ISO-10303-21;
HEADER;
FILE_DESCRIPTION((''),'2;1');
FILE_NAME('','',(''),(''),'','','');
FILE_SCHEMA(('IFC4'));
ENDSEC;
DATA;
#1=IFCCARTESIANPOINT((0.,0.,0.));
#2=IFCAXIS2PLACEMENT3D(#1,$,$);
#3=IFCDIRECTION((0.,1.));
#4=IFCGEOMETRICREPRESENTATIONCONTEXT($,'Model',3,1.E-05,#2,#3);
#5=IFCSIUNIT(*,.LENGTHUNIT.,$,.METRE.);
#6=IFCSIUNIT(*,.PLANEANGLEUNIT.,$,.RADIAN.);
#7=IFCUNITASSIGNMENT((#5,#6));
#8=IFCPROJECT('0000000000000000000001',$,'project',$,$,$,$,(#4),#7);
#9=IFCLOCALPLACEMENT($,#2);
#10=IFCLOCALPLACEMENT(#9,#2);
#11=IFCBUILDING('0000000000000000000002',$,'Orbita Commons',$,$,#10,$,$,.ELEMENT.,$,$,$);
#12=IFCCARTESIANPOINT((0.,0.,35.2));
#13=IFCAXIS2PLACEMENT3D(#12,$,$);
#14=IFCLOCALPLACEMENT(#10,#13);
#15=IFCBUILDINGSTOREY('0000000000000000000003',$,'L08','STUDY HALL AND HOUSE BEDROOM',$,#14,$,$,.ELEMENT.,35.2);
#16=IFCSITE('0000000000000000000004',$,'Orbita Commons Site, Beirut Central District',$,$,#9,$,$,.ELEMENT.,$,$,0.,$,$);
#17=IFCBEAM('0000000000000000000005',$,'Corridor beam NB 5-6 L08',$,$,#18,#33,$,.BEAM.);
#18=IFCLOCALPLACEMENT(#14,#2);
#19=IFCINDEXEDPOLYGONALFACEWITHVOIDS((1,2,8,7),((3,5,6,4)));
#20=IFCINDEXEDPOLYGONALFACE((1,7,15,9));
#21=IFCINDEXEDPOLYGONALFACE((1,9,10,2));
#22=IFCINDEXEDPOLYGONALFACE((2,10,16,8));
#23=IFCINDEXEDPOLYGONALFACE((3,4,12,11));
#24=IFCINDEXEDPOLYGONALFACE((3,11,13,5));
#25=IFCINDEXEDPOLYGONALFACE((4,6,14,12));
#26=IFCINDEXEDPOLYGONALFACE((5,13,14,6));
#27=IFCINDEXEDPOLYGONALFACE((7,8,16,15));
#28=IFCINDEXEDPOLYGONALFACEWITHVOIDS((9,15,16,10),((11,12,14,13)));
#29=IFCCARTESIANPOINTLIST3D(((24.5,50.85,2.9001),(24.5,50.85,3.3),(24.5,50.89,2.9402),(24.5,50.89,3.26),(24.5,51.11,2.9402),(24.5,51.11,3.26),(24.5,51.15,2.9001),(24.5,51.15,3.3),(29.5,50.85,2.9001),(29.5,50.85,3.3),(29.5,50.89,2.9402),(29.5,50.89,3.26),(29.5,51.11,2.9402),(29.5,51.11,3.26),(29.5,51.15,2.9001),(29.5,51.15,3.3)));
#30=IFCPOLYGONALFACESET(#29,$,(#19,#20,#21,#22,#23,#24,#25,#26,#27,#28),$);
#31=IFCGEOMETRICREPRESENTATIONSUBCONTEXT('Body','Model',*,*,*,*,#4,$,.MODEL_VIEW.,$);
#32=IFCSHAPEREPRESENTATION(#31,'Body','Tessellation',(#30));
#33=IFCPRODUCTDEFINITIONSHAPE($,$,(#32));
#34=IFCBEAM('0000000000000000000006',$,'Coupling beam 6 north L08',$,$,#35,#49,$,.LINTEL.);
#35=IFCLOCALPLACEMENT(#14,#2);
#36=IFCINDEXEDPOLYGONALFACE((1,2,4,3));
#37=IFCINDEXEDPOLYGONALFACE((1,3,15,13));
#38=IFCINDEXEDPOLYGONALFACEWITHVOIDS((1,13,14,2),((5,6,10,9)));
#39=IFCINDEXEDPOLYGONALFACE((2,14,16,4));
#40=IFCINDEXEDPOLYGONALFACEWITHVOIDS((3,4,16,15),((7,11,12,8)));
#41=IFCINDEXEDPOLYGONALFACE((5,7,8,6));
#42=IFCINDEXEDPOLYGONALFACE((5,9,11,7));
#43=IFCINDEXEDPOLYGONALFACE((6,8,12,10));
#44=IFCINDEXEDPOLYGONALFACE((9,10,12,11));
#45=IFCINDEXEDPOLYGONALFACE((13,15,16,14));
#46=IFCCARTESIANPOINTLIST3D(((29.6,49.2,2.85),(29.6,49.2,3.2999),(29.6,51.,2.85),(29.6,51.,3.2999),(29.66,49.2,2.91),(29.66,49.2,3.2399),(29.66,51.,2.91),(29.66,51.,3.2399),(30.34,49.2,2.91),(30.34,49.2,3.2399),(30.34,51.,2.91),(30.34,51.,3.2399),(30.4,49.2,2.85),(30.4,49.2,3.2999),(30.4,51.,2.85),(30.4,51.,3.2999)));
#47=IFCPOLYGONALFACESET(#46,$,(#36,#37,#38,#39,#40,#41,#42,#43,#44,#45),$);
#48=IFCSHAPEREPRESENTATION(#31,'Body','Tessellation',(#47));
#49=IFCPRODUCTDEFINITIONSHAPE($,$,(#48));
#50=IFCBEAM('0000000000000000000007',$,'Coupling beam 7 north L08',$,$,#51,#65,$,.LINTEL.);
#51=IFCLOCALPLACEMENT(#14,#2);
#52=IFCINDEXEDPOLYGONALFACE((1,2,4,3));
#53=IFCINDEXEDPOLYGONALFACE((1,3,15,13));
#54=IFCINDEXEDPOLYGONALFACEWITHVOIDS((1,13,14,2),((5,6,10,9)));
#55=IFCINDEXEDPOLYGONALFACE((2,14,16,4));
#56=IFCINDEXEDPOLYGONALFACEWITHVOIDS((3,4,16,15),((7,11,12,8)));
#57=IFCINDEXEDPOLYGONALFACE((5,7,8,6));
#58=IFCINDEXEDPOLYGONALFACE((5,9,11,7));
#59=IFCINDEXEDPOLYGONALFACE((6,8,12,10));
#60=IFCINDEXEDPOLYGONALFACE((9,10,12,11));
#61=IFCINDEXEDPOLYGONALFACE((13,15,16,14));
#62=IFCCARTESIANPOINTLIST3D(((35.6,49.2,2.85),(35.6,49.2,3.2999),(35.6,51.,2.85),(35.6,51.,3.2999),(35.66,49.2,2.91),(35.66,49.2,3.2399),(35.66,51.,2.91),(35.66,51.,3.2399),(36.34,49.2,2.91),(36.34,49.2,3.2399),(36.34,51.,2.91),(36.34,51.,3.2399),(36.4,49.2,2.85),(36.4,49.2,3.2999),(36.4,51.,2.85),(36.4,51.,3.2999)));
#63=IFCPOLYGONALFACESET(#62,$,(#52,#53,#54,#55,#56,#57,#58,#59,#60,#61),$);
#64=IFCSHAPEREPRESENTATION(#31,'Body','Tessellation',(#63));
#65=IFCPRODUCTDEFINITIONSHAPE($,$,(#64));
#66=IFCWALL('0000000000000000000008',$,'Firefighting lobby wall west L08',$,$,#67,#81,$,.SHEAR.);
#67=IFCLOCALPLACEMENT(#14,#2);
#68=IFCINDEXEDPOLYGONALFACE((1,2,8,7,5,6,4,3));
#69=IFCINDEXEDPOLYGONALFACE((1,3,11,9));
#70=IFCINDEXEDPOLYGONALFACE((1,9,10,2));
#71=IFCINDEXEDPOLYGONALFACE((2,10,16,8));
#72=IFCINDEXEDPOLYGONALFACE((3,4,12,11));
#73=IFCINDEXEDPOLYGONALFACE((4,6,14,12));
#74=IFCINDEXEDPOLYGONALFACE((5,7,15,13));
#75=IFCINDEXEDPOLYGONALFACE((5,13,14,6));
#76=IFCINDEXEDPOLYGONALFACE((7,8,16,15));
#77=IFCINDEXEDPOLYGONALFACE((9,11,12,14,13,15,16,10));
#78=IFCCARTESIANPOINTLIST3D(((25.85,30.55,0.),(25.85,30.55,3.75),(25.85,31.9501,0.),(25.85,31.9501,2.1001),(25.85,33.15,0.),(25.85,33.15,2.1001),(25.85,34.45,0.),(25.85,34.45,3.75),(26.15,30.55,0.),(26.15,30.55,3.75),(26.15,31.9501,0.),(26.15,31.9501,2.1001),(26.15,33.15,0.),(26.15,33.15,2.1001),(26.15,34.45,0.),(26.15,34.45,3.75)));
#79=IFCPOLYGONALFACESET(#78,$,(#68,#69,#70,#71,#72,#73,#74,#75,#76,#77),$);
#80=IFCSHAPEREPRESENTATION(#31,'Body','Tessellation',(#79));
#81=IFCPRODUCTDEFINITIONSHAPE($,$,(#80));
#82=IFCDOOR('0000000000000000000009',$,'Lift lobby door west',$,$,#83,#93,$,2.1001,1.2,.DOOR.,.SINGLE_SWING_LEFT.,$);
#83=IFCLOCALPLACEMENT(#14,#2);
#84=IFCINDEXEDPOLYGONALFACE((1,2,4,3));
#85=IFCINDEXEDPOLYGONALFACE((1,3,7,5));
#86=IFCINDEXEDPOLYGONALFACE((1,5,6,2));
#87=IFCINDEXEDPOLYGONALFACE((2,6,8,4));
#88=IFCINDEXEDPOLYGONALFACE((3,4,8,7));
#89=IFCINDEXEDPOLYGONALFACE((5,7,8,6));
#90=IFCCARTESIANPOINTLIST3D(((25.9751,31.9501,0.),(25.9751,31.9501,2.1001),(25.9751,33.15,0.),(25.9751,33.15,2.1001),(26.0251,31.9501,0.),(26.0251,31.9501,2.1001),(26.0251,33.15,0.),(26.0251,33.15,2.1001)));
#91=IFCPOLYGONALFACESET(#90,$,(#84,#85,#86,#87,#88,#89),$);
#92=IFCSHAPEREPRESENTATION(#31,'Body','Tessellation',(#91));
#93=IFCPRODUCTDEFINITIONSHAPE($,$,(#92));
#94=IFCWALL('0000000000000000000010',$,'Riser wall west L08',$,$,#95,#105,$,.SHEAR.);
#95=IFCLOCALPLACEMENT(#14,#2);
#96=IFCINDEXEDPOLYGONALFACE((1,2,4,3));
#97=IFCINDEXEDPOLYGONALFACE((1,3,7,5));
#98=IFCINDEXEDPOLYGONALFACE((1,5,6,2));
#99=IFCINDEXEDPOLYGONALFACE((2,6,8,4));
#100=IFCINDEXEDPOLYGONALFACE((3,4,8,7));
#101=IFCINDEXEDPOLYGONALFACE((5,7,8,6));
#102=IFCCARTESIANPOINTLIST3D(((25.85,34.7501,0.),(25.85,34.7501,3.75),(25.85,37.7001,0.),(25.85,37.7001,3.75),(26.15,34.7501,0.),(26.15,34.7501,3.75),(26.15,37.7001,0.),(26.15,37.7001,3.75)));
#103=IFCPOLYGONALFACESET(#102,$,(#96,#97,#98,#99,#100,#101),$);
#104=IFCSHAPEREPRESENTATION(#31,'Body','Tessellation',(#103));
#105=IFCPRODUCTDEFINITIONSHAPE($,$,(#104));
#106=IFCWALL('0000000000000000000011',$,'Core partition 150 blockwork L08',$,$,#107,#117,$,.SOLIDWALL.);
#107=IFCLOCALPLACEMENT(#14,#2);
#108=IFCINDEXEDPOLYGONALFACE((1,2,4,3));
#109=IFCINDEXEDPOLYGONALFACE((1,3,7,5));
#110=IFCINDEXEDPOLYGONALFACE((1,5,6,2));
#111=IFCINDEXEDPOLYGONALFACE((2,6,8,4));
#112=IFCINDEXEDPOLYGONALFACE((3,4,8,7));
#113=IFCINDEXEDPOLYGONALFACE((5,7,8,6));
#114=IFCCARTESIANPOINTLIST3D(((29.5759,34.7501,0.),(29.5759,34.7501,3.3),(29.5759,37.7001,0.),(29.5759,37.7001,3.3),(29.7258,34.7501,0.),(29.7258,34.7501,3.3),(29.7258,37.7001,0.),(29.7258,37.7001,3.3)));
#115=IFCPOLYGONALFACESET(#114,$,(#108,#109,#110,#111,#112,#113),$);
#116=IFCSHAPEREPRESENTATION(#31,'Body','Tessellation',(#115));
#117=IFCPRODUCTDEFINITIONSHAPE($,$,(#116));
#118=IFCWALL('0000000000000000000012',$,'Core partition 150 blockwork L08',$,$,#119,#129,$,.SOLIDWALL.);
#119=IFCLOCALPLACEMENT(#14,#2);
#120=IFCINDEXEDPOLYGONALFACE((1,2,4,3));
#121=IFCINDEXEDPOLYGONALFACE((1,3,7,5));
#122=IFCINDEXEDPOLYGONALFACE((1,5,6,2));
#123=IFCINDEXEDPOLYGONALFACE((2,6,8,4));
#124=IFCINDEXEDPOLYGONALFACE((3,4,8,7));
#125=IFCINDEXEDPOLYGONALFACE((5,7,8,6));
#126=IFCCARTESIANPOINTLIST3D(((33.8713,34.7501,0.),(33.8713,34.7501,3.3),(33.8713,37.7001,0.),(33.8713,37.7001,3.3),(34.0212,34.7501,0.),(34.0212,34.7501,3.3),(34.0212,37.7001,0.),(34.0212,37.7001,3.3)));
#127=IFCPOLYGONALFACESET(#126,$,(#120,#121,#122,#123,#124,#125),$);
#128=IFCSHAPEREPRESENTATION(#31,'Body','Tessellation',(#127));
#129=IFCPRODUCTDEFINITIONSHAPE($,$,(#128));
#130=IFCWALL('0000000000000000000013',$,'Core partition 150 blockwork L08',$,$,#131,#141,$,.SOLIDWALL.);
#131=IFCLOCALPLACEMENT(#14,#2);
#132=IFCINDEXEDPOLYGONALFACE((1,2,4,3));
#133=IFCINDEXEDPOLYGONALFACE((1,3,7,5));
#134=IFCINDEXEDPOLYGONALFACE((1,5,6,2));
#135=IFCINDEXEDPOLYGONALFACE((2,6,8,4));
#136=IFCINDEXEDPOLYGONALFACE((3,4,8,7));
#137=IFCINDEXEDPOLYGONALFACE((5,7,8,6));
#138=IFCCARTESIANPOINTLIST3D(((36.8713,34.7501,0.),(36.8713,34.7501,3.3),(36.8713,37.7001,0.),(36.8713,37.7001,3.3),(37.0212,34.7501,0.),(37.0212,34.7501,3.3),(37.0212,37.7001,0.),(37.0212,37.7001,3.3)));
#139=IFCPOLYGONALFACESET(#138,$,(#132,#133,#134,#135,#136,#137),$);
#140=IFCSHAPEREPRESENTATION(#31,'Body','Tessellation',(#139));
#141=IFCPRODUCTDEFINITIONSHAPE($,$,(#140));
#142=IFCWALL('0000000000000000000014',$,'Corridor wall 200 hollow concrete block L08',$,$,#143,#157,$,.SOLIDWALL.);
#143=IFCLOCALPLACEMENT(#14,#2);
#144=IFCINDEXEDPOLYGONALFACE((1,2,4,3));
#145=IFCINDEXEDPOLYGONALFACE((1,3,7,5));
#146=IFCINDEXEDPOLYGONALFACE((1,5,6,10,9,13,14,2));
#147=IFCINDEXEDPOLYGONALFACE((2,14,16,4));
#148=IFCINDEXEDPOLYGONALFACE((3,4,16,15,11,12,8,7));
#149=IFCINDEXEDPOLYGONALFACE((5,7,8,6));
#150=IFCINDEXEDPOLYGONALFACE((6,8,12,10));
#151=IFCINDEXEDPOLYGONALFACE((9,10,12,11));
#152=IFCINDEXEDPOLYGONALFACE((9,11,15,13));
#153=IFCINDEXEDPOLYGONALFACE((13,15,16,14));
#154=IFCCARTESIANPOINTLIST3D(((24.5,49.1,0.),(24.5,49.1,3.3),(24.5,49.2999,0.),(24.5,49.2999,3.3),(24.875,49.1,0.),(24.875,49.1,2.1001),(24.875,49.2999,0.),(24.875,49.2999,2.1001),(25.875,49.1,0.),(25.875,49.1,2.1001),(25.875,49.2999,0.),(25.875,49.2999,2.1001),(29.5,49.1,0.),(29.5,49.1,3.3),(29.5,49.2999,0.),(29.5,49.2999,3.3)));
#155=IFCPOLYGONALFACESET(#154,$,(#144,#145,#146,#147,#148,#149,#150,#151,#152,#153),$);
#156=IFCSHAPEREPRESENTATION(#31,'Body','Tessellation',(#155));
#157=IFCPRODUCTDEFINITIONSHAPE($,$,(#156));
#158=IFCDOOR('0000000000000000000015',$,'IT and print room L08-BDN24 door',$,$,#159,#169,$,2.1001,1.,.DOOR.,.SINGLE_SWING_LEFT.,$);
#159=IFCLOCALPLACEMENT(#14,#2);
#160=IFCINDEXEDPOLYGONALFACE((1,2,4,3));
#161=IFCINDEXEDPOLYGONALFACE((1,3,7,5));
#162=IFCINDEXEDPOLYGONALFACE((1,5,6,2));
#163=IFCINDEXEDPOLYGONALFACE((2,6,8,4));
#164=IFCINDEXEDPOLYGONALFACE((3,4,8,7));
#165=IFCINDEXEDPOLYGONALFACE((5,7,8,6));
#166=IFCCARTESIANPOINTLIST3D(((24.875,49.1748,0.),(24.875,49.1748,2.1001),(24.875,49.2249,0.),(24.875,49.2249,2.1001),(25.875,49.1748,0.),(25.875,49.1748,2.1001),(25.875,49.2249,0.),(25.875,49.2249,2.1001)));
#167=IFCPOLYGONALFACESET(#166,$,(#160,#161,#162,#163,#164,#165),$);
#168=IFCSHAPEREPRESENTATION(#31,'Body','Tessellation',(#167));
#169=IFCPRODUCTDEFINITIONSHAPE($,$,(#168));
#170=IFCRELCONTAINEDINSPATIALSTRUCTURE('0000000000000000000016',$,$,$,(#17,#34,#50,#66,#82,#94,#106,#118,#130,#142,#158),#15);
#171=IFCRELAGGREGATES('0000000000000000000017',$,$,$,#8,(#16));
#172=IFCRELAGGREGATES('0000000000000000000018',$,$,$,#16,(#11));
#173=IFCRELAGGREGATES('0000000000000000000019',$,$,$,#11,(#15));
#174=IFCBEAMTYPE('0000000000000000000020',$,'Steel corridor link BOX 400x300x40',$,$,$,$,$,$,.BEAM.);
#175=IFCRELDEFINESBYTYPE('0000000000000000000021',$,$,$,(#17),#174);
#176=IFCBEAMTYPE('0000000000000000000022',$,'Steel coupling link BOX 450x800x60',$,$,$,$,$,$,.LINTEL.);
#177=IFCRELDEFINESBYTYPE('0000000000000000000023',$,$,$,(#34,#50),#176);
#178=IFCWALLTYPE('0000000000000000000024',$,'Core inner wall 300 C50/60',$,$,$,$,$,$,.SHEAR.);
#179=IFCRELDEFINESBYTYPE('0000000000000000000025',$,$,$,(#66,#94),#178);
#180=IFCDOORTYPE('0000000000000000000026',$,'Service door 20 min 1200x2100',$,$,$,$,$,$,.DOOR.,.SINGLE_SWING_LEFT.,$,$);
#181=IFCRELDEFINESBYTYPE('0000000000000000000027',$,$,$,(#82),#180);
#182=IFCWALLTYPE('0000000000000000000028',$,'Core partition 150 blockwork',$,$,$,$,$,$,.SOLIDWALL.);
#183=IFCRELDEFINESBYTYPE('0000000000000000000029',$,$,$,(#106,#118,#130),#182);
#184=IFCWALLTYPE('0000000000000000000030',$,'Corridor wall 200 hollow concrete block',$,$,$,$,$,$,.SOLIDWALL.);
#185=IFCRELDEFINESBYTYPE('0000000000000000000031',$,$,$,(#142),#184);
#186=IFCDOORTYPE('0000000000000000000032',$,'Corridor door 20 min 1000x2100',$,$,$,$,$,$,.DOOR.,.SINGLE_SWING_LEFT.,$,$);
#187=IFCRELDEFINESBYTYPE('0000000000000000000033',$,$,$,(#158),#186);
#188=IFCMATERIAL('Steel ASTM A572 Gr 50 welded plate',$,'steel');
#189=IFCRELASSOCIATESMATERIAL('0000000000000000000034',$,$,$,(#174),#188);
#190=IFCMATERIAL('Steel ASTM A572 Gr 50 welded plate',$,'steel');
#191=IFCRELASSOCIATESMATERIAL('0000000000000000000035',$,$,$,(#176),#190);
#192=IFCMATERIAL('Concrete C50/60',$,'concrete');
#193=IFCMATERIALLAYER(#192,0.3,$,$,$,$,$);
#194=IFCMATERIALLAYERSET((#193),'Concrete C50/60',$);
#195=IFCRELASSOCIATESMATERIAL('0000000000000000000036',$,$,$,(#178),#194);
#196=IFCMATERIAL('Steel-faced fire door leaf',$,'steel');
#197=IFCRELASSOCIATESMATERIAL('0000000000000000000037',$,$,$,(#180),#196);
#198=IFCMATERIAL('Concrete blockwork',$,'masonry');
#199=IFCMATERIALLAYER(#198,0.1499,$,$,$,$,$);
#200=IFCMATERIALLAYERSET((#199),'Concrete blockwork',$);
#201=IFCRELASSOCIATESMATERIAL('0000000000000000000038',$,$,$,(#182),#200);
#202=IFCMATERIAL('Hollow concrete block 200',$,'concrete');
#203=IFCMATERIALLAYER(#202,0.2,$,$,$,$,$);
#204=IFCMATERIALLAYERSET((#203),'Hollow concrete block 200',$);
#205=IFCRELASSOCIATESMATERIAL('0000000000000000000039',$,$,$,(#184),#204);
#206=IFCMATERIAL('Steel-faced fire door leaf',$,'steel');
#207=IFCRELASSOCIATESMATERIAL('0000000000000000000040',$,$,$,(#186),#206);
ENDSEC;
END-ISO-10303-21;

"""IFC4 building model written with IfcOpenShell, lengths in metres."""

from ifc_helpers import new_model, si_unit, direction, frame, frame_2d, origin, origin_2d, place, context, subcontext, project, spatial, rectangle, hollow_rectangle, extrude, material, layer, layer_set, material_profile, profile_set, type_object, element, fill, save


model = new_model("IFC4")

# Units and contexts
model_context = context("Model", 3, precision=1e-05, world=origin(), true_north=direction((0.0, 1.0)))
body_context = subcontext(model_context, "Body", "Model", "MODEL_VIEW")
ifc_project = project(units=[si_unit("LENGTHUNIT", "METRE"), si_unit("PLANEANGLEUNIT", "RADIAN")], contexts=[model_context])

# Site, building, storey
site_placement = place(None, origin())
site = spatial("IfcSite", under=ifc_project, at=site_placement, Name="Orbita Commons Site, Beirut Central District", CompositionType="ELEMENT", RefElevation=0.0)
building_placement = place(site_placement, origin())
building = spatial("IfcBuilding", under=site, at=building_placement, Name="Orbita Commons", CompositionType="ELEMENT")
storey_placement = place(building_placement, frame((0.0, 0.0, 35.2)))
storey = spatial("IfcBuildingStorey", under=building, at=storey_placement, Name="L08", Description="STUDY HALL AND HOUSE BEDROOM", CompositionType="ELEMENT", Elevation=35.2)

# Beams
ifc_material_1 = material(Name="Steel ASTM A572 Gr 50 welded plate", Category="steel")
ifc_material_profile_1 = material_profile(ifc_material_1, hollow_rectangle(XDim=0.3, YDim=0.3999, WallThickness=0.04, at=origin_2d()), Name="BOX 400x300x40")
ifc_profile_set_1 = profile_set([ifc_material_profile_1], Name="Steel ASTM A572 Gr 50 welded plate")
beam_type_1 = type_object("IfcBeamType", Name="Steel corridor link BOX 400x300x40", PredefinedType="BEAM", material=ifc_profile_set_1)
beam_placement = place(storey_placement, frame((24.5, 51.0, 3.1001), z_axis=(1.0, 0.0, 0.0), x_axis=(0.0, 1.0, 0.0)))
element("IfcBeam", 1, at=beam_placement, inside=storey, type_object=beam_type_1, Name="Corridor beam NB 5-6 L08", PredefinedType="BEAM", context=body_context, shape_type="SweptSolid", body=[
    extrude(hollow_rectangle(XDim=0.3, YDim=0.3999, WallThickness=0.04, at=origin_2d()), origin(), (0.0, 0.0, 1.0), 5.0),
])
ifc_material_2 = material(Name="Steel ASTM A572 Gr 50 welded plate", Category="steel")
ifc_material_profile_2 = material_profile(ifc_material_2, hollow_rectangle(XDim=0.8, YDim=0.45, WallThickness=0.0601, at=origin_2d()), Name="BOX 450x800x60")
ifc_profile_set_2 = profile_set([ifc_material_profile_2], Name="Steel ASTM A572 Gr 50 welded plate")
beam_type_2 = type_object("IfcBeamType", Name="Steel coupling link BOX 450x800x60", PredefinedType="LINTEL", material=ifc_profile_set_2)
for number, where, z_axis, x_axis, name in (
    (2, (30.0, 49.2, 3.075), (0.0, 1.0, 0.0), (-1.0, 0.0, 0.0), "Coupling beam 6 north L08"),
    (3, (36.0, 49.2, 3.075), (0.0, 1.0, 0.0), (-1.0, 0.0, 0.0), "Coupling beam 7 north L08"),
):
    element("IfcBeam", number, at=place(storey_placement, frame(where, z_axis=z_axis, x_axis=x_axis)), inside=storey, type_object=beam_type_2, Name=name, PredefinedType="LINTEL", context=body_context, shape_type="SweptSolid", body=[
        extrude(hollow_rectangle(XDim=0.8, YDim=0.45, WallThickness=0.0601, at=origin_2d()), origin(), (0.0, 0.0, 1.0), 1.8),
    ])

# Wall, opening, door
ifc_material_3 = material(Name="Concrete C50/60", Category="concrete")
ifc_layer_1 = layer(ifc_material_3, 0.3)
ifc_layer_set_1 = layer_set([ifc_layer_1], Name="Concrete C50/60")
wall_type_1 = type_object("IfcWallType", Name="Core inner wall 300 C50/60", PredefinedType="SHEAR", material=ifc_layer_set_1)
wall_1_placement = place(storey_placement, frame((26.0, 30.55, 0.0), z_axis=(0.0, 0.0, 1.0), x_axis=(0.0, 1.0, 0.0)))
wall_1 = element("IfcWall", 4, at=wall_1_placement, inside=storey, type_object=wall_type_1, Name="Firefighting lobby wall west L08", PredefinedType="SHEAR", context=body_context, shape_type="SweptSolid", body=[
    extrude(rectangle(XDim=3.8999, YDim=0.3, at=frame_2d((1.95, 0.0))), origin(), (0.0, 0.0, 1.0), 3.75),
])
opening_1_placement = place(wall_1_placement, frame((1.3999, 0.0, 0.0)))
opening_1 = element("IfcOpeningElement", 5, at=opening_1_placement, cuts=wall_1, PredefinedType="OPENING", context=body_context, shape_type="SweptSolid", body=[
    extrude(rectangle(XDim=1.2, YDim=2.1001, at=frame_2d((0.6001, 1.05))), frame((0.0, 0.1599, 0.0), z_axis=(0.0, -1.0, 0.0), x_axis=(1.0, 0.0, 0.0)), (0.0, 0.0, 1.0), 0.3201),
])
ifc_material_4 = material(Name="Steel-faced fire door leaf", Category="steel")
door_type_1 = type_object("IfcDoorType", Name="Service door 20 min 1200x2100", OperationType="SINGLE_SWING_LEFT", PredefinedType="DOOR", material=ifc_material_4)
door_1_placement = place(opening_1_placement, origin())
door_1 = element("IfcDoor", 6, at=door_1_placement, inside=storey, type_object=door_type_1, Name="Lift lobby door west", OperationType="SINGLE_SWING_LEFT", OverallHeight=2.1001, OverallWidth=1.2, PredefinedType="DOOR", context=body_context, shape_type="SweptSolid", body=[
    extrude(rectangle(XDim=1.2, YDim=2.1001, at=frame_2d((0.6001, 1.05))), frame((0.0, 0.0249, 0.0), z_axis=(0.0, -1.0, 0.0), x_axis=(1.0, 0.0, 0.0)), (0.0, 0.0, 1.0), 0.05),
])
fill(opening_1, door_1)

# Walls
wall_2_placement = place(storey_placement, frame((26.0, 34.75, 0.0), z_axis=(0.0, 0.0, 1.0), x_axis=(0.0, 1.0, 0.0)))
element("IfcWall", 7, at=wall_2_placement, inside=storey, type_object=wall_type_1, Name="Riser wall west L08", PredefinedType="SHEAR", context=body_context, shape_type="SweptSolid", body=[
    extrude(rectangle(XDim=2.95, YDim=0.3, at=frame_2d((1.4751, 0.0))), origin(), (0.0, 0.0, 1.0), 3.75),
])
ifc_material_5 = material(Name="Concrete blockwork", Category="masonry")
ifc_layer_2 = layer(ifc_material_5, 0.1499)
ifc_layer_set_2 = layer_set([ifc_layer_2], Name="Concrete blockwork")
wall_type_2 = type_object("IfcWallType", Name="Core partition 150 blockwork", PredefinedType="SOLIDWALL", material=ifc_layer_set_2)
for number, where, z_axis, x_axis, name in (
    (8, (29.6509, 34.75, 0.0), (0.0, 0.0, 1.0), (0.0, 1.0, 0.0), "Core partition 150 blockwork L08"),
    (9, (33.9463, 34.75, 0.0), (0.0, 0.0, 1.0), (0.0, 1.0, 0.0), "Core partition 150 blockwork L08"),
    (10, (36.9463, 34.75, 0.0), (0.0, 0.0, 1.0), (0.0, 1.0, 0.0), "Core partition 150 blockwork L08"),
):
    element("IfcWall", number, at=place(storey_placement, frame(where, z_axis=z_axis, x_axis=x_axis)), inside=storey, type_object=wall_type_2, Name=name, PredefinedType="SOLIDWALL", context=body_context, shape_type="SweptSolid", body=[
        extrude(rectangle(XDim=2.95, YDim=0.1499, at=frame_2d((1.4751, 0.0))), origin(), (0.0, 0.0, 1.0), 3.3),
    ])

# Wall, opening, door
ifc_material_6 = material(Name="Hollow concrete block 200", Category="concrete")
ifc_layer_3 = layer(ifc_material_6, 0.2)
ifc_layer_set_3 = layer_set([ifc_layer_3], Name="Hollow concrete block 200")
wall_type_3 = type_object("IfcWallType", Name="Corridor wall 200 hollow concrete block", PredefinedType="SOLIDWALL", material=ifc_layer_set_3)
wall_3_placement = place(storey_placement, frame((24.5, 49.2, 0.0), z_axis=(0.0, 0.0, 1.0), x_axis=(1.0, 0.0, 0.0)))
wall_3 = element("IfcWall", 11, at=wall_3_placement, inside=storey, type_object=wall_type_3, Name="Corridor wall 200 hollow concrete block L08", PredefinedType="SOLIDWALL", context=body_context, shape_type="SweptSolid", body=[
    extrude(rectangle(XDim=5.0, YDim=0.2, at=frame_2d((2.5, 0.0))), origin(), (0.0, 0.0, 1.0), 3.3),
])
opening_2_placement = place(wall_3_placement, frame((0.375, 0.0, 0.0)))
opening_2 = element("IfcOpeningElement", 12, at=opening_2_placement, cuts=wall_3, PredefinedType="OPENING", context=body_context, shape_type="SweptSolid", body=[
    extrude(rectangle(XDim=1.0, YDim=2.1001, at=frame_2d((0.5, 1.05))), frame((0.0, 0.1099, 0.0), z_axis=(0.0, -1.0, 0.0), x_axis=(1.0, 0.0, 0.0)), (0.0, 0.0, 1.0), 0.22),
])
ifc_material_7 = material(Name="Steel-faced fire door leaf", Category="steel")
door_type_2 = type_object("IfcDoorType", Name="Corridor door 20 min 1000x2100", OperationType="SINGLE_SWING_LEFT", PredefinedType="DOOR", material=ifc_material_7)
door_2_placement = place(opening_2_placement, origin())
door_2 = element("IfcDoor", 13, at=door_2_placement, inside=storey, type_object=door_type_2, Name="IT and print room L08-BDN24 door", OperationType="SINGLE_SWING_LEFT", OverallHeight=2.1001, OverallWidth=1.0, PredefinedType="DOOR", context=body_context, shape_type="SweptSolid", body=[
    extrude(rectangle(XDim=1.0, YDim=2.1001, at=frame_2d((0.5, 1.05))), frame((0.0, 0.0249, 0.0), z_axis=(0.0, -1.0, 0.0), x_axis=(1.0, 0.0, 0.0)), (0.0, 0.0, 1.0), 0.05),
])
fill(opening_2, door_2)

save(model, "model.ifc")
